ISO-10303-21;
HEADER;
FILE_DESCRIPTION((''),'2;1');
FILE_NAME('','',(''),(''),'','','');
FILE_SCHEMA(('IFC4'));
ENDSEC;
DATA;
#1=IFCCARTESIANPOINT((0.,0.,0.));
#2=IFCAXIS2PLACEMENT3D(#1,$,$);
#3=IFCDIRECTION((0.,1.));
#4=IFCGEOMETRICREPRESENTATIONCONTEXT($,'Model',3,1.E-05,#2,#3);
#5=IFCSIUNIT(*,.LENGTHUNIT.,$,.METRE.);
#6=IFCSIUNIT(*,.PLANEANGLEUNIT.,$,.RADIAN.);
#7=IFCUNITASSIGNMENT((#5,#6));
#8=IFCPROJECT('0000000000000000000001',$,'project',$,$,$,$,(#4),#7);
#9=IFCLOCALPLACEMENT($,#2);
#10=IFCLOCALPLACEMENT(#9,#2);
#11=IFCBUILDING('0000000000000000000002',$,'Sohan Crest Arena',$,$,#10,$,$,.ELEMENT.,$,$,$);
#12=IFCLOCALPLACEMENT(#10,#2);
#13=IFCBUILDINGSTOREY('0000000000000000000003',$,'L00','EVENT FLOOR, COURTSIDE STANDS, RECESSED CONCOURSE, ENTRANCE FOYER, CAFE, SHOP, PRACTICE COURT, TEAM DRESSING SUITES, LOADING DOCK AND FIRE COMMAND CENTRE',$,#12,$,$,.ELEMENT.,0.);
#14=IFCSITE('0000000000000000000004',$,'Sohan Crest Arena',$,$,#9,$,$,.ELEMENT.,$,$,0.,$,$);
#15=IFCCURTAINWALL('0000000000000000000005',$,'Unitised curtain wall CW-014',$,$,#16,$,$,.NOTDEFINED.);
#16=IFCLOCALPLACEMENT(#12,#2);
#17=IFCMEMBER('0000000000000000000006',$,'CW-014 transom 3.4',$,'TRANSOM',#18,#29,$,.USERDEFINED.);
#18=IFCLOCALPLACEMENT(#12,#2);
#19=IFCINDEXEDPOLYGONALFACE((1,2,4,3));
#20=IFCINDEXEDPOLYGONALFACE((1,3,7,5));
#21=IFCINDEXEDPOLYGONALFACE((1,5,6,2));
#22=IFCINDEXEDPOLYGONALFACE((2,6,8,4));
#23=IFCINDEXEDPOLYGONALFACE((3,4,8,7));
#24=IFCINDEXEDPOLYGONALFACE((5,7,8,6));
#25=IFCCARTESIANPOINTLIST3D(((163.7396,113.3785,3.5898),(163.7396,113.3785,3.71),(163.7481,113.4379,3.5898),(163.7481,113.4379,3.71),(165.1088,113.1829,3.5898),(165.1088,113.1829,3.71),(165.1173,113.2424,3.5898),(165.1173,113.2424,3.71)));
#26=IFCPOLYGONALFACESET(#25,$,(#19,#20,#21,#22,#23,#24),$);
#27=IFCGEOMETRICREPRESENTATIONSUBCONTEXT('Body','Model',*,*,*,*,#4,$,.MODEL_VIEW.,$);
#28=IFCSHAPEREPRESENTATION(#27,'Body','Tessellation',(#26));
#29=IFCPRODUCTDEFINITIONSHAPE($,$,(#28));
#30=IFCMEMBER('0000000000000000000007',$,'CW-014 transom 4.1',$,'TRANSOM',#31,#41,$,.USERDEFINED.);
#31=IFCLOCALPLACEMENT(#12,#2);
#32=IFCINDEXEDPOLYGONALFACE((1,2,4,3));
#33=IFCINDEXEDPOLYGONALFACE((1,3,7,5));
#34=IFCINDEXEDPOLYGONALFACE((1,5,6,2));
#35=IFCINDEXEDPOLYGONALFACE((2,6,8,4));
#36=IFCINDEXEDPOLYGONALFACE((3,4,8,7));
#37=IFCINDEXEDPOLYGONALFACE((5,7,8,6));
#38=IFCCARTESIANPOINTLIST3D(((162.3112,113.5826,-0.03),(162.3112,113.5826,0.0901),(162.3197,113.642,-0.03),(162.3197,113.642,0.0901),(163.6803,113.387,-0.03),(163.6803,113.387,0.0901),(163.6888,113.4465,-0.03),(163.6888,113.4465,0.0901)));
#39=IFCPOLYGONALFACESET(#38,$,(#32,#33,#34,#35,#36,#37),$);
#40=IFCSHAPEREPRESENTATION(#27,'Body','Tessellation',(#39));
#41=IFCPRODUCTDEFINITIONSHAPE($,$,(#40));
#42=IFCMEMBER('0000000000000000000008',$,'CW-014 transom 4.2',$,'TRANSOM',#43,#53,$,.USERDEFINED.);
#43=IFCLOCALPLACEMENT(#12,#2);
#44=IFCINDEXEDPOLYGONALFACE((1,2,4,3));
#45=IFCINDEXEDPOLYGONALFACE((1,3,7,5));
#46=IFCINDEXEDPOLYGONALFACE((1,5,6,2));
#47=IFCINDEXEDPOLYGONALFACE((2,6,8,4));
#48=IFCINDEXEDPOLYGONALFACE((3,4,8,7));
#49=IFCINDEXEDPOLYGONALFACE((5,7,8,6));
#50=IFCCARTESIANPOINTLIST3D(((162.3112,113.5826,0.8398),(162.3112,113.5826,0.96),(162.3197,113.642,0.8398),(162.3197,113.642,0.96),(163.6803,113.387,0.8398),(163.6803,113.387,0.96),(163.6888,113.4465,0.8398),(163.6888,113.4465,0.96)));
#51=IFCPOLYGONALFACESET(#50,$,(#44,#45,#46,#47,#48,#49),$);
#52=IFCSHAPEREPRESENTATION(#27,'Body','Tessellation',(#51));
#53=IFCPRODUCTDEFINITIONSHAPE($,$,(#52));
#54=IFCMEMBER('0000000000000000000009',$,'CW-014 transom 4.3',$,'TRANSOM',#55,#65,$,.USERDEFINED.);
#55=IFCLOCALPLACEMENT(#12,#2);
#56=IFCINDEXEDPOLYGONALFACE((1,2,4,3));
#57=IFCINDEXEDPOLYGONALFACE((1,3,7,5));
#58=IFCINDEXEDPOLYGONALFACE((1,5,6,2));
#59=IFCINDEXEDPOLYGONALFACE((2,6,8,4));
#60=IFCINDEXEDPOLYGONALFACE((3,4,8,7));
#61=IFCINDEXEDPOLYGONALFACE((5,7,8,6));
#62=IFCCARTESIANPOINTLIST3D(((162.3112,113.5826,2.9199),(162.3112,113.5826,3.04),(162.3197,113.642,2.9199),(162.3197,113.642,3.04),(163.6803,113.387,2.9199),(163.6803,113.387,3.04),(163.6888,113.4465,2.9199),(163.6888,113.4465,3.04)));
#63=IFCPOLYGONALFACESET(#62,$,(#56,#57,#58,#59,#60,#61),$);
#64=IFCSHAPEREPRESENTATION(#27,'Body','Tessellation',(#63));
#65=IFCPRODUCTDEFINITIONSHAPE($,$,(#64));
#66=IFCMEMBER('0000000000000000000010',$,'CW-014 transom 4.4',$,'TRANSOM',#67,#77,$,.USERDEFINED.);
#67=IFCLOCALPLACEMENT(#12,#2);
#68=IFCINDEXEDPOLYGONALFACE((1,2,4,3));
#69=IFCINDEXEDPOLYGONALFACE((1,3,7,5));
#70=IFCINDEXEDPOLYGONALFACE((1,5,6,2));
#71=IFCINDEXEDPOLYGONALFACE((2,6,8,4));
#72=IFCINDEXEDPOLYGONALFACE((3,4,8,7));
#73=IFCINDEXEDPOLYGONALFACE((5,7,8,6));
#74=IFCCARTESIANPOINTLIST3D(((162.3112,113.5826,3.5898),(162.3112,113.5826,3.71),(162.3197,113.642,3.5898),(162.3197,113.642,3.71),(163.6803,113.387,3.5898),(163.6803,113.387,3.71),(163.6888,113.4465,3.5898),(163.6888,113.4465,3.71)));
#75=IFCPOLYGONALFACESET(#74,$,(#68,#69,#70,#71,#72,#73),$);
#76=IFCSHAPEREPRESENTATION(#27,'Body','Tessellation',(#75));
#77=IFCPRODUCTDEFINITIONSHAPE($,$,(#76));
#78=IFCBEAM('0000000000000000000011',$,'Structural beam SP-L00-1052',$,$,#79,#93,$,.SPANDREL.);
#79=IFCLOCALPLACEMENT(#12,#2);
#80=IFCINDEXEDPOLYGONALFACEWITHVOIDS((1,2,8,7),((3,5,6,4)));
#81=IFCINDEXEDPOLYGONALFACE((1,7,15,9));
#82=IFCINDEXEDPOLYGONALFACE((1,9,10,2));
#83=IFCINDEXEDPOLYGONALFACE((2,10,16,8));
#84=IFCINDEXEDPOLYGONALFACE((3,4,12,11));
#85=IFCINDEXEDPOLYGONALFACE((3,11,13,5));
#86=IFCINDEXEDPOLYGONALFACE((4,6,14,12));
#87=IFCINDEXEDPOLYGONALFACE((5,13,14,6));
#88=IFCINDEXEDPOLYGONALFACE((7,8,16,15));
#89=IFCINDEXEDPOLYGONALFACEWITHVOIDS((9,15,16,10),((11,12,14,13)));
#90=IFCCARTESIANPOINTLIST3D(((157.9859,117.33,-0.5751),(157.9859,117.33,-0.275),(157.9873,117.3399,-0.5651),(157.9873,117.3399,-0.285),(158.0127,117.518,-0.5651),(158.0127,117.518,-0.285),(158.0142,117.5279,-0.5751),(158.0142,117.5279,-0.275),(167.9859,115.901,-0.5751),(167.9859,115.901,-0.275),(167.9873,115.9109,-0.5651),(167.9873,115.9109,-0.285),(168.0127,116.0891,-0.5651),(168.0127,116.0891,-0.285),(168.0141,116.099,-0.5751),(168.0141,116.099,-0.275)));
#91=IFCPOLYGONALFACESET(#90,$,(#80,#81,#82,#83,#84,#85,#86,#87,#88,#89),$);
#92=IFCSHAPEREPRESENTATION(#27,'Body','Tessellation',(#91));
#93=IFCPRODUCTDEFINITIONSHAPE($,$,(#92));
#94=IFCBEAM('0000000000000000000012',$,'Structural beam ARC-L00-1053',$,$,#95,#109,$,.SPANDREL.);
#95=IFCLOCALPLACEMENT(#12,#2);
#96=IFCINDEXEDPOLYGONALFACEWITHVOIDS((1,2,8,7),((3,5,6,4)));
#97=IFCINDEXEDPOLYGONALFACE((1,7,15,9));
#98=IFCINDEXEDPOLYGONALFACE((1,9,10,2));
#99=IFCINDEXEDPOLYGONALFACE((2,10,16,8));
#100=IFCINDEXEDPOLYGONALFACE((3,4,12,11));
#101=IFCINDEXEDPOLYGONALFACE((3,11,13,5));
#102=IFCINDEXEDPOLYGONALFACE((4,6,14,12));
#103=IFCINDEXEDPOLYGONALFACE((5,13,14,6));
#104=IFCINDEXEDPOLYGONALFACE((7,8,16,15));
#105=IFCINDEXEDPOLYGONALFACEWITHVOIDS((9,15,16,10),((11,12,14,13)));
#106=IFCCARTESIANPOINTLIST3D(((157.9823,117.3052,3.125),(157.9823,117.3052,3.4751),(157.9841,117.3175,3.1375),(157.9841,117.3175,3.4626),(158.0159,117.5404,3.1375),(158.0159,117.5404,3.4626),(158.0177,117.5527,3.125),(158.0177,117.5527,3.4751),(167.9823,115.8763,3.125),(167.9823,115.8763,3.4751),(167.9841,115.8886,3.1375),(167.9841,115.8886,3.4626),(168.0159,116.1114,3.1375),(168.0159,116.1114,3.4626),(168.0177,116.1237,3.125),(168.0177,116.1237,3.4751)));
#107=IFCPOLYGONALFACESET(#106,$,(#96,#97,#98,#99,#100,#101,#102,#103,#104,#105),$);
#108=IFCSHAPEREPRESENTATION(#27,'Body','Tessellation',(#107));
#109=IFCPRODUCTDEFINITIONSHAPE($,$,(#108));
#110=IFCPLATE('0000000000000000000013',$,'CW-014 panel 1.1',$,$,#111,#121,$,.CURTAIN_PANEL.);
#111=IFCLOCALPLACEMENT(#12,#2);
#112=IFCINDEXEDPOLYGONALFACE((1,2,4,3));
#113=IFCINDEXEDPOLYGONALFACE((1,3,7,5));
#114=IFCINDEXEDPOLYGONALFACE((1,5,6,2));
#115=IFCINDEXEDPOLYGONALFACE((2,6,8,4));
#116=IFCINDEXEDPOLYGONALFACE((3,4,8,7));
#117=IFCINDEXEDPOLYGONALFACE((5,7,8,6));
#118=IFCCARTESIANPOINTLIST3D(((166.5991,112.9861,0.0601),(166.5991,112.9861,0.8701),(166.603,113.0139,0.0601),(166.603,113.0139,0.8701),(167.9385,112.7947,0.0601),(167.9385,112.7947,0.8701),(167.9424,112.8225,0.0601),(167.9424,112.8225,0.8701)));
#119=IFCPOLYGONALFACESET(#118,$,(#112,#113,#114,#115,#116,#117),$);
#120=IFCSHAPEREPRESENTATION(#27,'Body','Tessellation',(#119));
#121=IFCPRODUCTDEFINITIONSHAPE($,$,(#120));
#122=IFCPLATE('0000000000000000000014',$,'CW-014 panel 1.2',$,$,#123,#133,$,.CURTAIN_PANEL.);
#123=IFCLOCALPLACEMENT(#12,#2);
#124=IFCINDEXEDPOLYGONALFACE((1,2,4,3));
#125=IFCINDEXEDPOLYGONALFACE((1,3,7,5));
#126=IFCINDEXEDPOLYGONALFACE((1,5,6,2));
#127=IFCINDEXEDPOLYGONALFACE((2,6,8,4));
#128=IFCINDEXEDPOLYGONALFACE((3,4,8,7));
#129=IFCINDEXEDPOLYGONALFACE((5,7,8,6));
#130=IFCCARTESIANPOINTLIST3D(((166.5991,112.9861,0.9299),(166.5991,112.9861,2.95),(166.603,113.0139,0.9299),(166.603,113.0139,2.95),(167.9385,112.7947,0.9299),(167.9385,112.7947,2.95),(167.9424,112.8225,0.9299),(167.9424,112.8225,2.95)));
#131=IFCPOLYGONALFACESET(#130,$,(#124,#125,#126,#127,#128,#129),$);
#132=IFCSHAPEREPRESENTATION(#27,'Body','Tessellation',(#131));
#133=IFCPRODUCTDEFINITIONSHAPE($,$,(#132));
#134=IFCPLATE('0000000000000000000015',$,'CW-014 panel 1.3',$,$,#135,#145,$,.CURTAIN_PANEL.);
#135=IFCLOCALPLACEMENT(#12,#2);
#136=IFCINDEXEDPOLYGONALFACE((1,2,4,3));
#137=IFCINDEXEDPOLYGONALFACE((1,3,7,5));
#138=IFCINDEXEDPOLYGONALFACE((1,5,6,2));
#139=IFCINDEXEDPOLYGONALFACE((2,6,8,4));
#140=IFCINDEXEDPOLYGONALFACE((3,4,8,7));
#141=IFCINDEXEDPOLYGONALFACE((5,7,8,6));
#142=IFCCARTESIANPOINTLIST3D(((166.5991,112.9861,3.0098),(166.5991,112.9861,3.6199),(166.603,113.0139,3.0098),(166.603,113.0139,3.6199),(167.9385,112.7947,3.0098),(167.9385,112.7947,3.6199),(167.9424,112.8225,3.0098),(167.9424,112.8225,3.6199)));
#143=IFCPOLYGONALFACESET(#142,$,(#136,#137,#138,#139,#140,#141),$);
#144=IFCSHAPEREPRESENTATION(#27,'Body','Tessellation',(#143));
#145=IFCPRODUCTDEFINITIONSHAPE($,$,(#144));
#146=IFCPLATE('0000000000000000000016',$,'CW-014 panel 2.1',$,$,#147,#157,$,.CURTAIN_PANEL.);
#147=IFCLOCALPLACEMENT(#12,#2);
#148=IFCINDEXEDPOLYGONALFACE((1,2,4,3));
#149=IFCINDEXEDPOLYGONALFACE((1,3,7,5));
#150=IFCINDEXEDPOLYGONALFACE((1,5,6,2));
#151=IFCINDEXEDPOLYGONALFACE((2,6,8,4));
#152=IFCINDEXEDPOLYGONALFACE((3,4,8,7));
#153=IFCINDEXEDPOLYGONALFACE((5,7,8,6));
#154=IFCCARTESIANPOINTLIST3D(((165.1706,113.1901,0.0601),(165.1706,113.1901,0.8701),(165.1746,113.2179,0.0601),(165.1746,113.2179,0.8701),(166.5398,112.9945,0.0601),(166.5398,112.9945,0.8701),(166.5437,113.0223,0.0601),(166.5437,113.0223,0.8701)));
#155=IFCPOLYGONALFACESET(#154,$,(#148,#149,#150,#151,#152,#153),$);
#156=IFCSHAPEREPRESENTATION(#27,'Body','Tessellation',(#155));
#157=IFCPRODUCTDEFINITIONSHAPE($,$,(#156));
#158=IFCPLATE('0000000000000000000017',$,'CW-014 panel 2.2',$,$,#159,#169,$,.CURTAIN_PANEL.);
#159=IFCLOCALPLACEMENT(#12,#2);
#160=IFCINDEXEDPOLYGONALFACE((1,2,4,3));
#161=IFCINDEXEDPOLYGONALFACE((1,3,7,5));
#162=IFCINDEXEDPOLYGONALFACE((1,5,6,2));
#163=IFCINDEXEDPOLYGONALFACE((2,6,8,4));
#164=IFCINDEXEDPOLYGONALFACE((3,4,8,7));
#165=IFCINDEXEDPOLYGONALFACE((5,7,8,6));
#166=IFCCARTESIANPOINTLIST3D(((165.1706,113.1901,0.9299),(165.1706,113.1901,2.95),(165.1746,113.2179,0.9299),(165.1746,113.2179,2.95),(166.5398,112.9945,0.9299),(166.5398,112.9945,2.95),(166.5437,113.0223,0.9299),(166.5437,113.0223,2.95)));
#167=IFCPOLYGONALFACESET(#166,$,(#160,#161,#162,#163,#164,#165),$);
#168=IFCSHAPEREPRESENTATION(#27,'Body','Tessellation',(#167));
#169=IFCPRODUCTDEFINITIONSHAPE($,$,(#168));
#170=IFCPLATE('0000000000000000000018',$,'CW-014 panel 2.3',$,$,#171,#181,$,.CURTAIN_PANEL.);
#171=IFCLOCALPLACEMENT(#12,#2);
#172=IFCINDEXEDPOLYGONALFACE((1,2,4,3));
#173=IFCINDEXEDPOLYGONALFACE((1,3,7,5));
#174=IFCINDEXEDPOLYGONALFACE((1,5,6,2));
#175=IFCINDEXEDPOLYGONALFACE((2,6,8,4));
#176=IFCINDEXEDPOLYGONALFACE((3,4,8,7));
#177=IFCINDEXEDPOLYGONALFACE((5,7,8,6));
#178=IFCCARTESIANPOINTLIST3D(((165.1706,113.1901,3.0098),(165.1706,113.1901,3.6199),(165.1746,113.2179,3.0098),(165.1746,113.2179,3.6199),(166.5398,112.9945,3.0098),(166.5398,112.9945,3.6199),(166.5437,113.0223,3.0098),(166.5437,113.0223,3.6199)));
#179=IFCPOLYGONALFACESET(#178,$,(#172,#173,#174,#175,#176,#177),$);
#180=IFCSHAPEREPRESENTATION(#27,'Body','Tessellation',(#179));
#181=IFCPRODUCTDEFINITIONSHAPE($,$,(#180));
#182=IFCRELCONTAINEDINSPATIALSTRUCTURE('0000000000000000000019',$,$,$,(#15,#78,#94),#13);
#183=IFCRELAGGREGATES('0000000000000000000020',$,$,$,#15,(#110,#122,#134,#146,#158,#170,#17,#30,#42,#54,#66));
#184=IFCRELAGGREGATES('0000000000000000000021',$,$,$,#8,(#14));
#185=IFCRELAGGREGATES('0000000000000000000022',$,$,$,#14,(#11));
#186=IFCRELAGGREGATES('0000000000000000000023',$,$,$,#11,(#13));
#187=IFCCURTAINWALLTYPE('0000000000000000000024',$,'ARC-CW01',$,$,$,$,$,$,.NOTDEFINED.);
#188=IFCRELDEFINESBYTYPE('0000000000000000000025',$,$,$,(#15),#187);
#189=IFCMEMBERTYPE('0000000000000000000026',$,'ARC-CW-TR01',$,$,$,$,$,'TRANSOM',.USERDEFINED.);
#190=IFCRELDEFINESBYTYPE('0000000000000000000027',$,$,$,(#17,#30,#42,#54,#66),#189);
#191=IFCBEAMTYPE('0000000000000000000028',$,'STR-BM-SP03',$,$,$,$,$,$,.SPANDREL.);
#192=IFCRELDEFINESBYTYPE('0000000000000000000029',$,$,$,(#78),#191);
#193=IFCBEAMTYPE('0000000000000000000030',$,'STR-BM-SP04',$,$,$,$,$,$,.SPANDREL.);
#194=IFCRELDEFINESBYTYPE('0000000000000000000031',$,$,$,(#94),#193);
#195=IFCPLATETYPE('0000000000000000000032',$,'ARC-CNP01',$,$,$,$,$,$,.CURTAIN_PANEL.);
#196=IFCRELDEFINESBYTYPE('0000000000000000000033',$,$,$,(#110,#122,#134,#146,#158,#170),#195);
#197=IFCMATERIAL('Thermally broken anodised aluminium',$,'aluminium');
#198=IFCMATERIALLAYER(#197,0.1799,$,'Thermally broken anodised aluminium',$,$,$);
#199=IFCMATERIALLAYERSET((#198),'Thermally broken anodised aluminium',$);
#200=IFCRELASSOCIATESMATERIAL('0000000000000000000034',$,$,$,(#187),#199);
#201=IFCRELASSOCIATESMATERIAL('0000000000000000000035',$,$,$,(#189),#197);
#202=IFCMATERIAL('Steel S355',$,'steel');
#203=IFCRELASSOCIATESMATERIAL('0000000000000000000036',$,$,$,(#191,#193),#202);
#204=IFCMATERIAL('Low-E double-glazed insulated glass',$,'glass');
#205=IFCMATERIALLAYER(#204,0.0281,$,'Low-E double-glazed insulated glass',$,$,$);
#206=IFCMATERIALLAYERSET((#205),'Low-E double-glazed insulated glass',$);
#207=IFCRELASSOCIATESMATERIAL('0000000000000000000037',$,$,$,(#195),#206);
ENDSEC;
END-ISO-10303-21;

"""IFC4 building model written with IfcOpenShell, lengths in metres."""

from ifc_helpers import new_model, si_unit, direction, frame, origin, origin_2d, place, context, subcontext, project, spatial, rectangle, hollow_rectangle, extrude, material, layer, layer_set, material_profile, profile_set, type_object, element, aggregate, save


model = new_model("IFC4")

# Units and contexts
model_context = context("Model", 3, precision=1e-05, world=origin(), true_north=direction((0.0, 1.0)))
body_context = subcontext(model_context, "Body", "Model", "MODEL_VIEW")
ifc_project = project(units=[si_unit("LENGTHUNIT", "METRE"), si_unit("PLANEANGLEUNIT", "RADIAN")], contexts=[model_context])

# Site, building, storey
site_placement = place(None, origin())
site = spatial("IfcSite", under=ifc_project, at=site_placement, Name="Sohan Crest Arena", CompositionType="ELEMENT", RefElevation=0.0)
building_placement = place(site_placement, origin())
building = spatial("IfcBuilding", under=site, at=building_placement, Name="Sohan Crest Arena", CompositionType="ELEMENT")
storey_placement = place(building_placement, origin())
storey = spatial("IfcBuildingStorey", under=building, at=storey_placement, Name="L00", Description="EVENT FLOOR, COURTSIDE STANDS, RECESSED CONCOURSE, ENTRANCE FOYER, CAFE, SHOP, PRACTICE COURT, TEAM DRESSING SUITES, LOADING DOCK AND FIRE COMMAND CENTRE", CompositionType="ELEMENT", Elevation=0.0)

# Curtain wall, members
ifc_material_1 = material(Name="Thermally broken anodised aluminium", Category="aluminium")
ifc_layer_1 = layer(ifc_material_1, 0.1799, Name="Thermally broken anodised aluminium")
ifc_layer_set_1 = layer_set([ifc_layer_1], Name="Thermally broken anodised aluminium")
curtain_wall_type = type_object("IfcCurtainWallType", Name="ARC-CW01", PredefinedType="NOTDEFINED", material=ifc_layer_set_1)
curtain_wall_placement = place(storey_placement, origin())
curtain_wall = element("IfcCurtainWall", 1, at=curtain_wall_placement, inside=storey, type_object=curtain_wall_type, Name="Unitised curtain wall CW-014", PredefinedType="NOTDEFINED")
ifc_material_profile_1 = material_profile(ifc_material_1, rectangle(XDim=0.0601, YDim=0.1201, at=origin_2d()), Name="ALU-TRAN 60x120")
ifc_profile_set_1 = profile_set([ifc_material_profile_1], Name="Thermally broken anodised aluminium")
member_type_1 = type_object("IfcMemberType", Name="ARC-CW-TR01", ElementType="TRANSOM", PredefinedType="USERDEFINED", material=ifc_profile_set_1)
member_1_placement = place(storey_placement, frame((165.113, 113.2126, 3.6499), z_axis=(-0.989953, 0.141397, 0.0), x_axis=(-0.141397, -0.989953, 0.0)))
member_1 = element("IfcMember", 2, at=member_1_placement, type_object=member_type_1, Name="CW-014 transom 3.4", ObjectType="TRANSOM", PredefinedType="USERDEFINED", context=body_context, shape_type="SweptSolid", body=[
    extrude(rectangle(XDim=0.0601, YDim=0.1201, at=origin_2d()), origin(), (0.0, 0.0, 1.0), 1.3831),
])
member_2_placement = place(storey_placement, frame((163.6846, 113.4167, 0.03), z_axis=(-0.989953, 0.141397, 0.0), x_axis=(-0.141397, -0.989953, 0.0)))
member_2 = element("IfcMember", 3, at=member_2_placement, type_object=member_type_1, Name="CW-014 transom 4.1", ObjectType="TRANSOM", PredefinedType="USERDEFINED", context=body_context, shape_type="SweptSolid", body=[
    extrude(rectangle(XDim=0.0601, YDim=0.1201, at=origin_2d()), origin(), (0.0, 0.0, 1.0), 1.3831),
])
member_3_placement = place(storey_placement, frame((163.6846, 113.4167, 0.8999), z_axis=(-0.989953, 0.141397, 0.0), x_axis=(-0.141397, -0.989953, 0.0)))
member_3 = element("IfcMember", 4, at=member_3_placement, type_object=member_type_1, Name="CW-014 transom 4.2", ObjectType="TRANSOM", PredefinedType="USERDEFINED", context=body_context, shape_type="SweptSolid", body=[
    extrude(rectangle(XDim=0.0601, YDim=0.1201, at=origin_2d()), origin(), (0.0, 0.0, 1.0), 1.3831),
])
member_4_placement = place(storey_placement, frame((163.6846, 113.4167, 2.98), z_axis=(-0.989953, 0.141397, 0.0), x_axis=(-0.141397, -0.989953, 0.0)))
member_4 = element("IfcMember", 5, at=member_4_placement, type_object=member_type_1, Name="CW-014 transom 4.3", ObjectType="TRANSOM", PredefinedType="USERDEFINED", context=body_context, shape_type="SweptSolid", body=[
    extrude(rectangle(XDim=0.0601, YDim=0.1201, at=origin_2d()), origin(), (0.0, 0.0, 1.0), 1.3831),
])
member_5_placement = place(storey_placement, frame((163.6846, 113.4167, 3.6499), z_axis=(-0.989953, 0.141397, 0.0), x_axis=(-0.141397, -0.989953, 0.0)))
member_5 = element("IfcMember", 6, at=member_5_placement, type_object=member_type_1, Name="CW-014 transom 4.4", ObjectType="TRANSOM", PredefinedType="USERDEFINED", context=body_context, shape_type="SweptSolid", body=[
    extrude(rectangle(XDim=0.0601, YDim=0.1201, at=origin_2d()), origin(), (0.0, 0.0, 1.0), 1.3831),
])

# Beams
ifc_material_2 = material(Name="Steel S355", Category="steel")
ifc_material_profile_2 = material_profile(ifc_material_2, hollow_rectangle(XDim=0.2, YDim=0.3, WallThickness=0.01, at=origin_2d()), Name="RHS 300x200x10")
ifc_profile_set_2 = profile_set([ifc_material_profile_2], Name="Steel S355")
beam_type_1 = type_object("IfcBeamType", Name="STR-BM-SP03", PredefinedType="SPANDREL", material=ifc_profile_set_2)
beam_1_placement = place(storey_placement, frame((168.0, 116.0, -0.425), z_axis=(-0.989944, 0.141459, 0.0), x_axis=(-0.141459, -0.989944, 0.0)))
element("IfcBeam", 7, at=beam_1_placement, inside=storey, type_object=beam_type_1, Name="Structural beam SP-L00-1052", PredefinedType="SPANDREL", context=body_context, shape_type="SweptSolid", body=[
    extrude(hollow_rectangle(XDim=0.2, YDim=0.3, WallThickness=0.01, at=origin_2d()), origin(), (0.0, 0.0, 1.0), 10.1016),
])
ifc_material_profile_3 = material_profile(ifc_material_2, hollow_rectangle(XDim=0.25, YDim=0.3501, WallThickness=0.0125, at=origin_2d()), Name="RHS 350x250x12.5")
ifc_profile_set_3 = profile_set([ifc_material_profile_3], Name="Steel S355")
beam_type_2 = type_object("IfcBeamType", Name="STR-BM-SP04", PredefinedType="SPANDREL", material=ifc_profile_set_3)
beam_2_placement = place(storey_placement, frame((168.0, 116.0, 3.3), z_axis=(-0.989944, 0.141459, 0.0), x_axis=(-0.141459, -0.989944, 0.0)))
element("IfcBeam", 8, at=beam_2_placement, inside=storey, type_object=beam_type_2, Name="Structural beam ARC-L00-1053", PredefinedType="SPANDREL", context=body_context, shape_type="SweptSolid", body=[
    extrude(hollow_rectangle(XDim=0.25, YDim=0.3501, WallThickness=0.0125, at=origin_2d()), origin(), (0.0, 0.0, 1.0), 10.1016),
])

# Plates
ifc_material_3 = material(Name="Low-E double-glazed insulated glass", Category="glass")
ifc_layer_2 = layer(ifc_material_3, 0.0281, Name="Low-E double-glazed insulated glass")
ifc_layer_set_2 = layer_set([ifc_layer_2], Name="Low-E double-glazed insulated glass")
plate_type = type_object("IfcPlateType", Name="ARC-CNP01", PredefinedType="CURTAIN_PANEL", material=ifc_layer_set_2)
plate_1_placement = place(storey_placement, frame((167.2708, 112.9043, 0.0601), z_axis=(0.0, 0.0, 1.0), x_axis=(-0.989944, 0.141463, 0.0)))
plate_1 = element("IfcPlate", 9, at=plate_1_placement, type_object=plate_type, Name="CW-014 panel 1.1", PredefinedType="CURTAIN_PANEL", context=body_context, shape_type="SweptSolid", body=[
    extrude(rectangle(XDim=1.353, YDim=0.0281, at=origin_2d()), origin(), (0.0, 0.0, 1.0), 0.8101),
])
plate_2_placement = place(storey_placement, frame((167.2708, 112.9043, 0.9299), z_axis=(0.0, 0.0, 1.0), x_axis=(-0.989944, 0.141463, 0.0)))
plate_2 = element("IfcPlate", 10, at=plate_2_placement, type_object=plate_type, Name="CW-014 panel 1.2", PredefinedType="CURTAIN_PANEL", context=body_context, shape_type="SweptSolid", body=[
    extrude(rectangle(XDim=1.353, YDim=0.0281, at=origin_2d()), origin(), (0.0, 0.0, 1.0), 2.02),
])
plate_3_placement = place(storey_placement, frame((167.2708, 112.9043, 3.0098), z_axis=(0.0, 0.0, 1.0), x_axis=(-0.989944, 0.141463, 0.0)))
plate_3 = element("IfcPlate", 11, at=plate_3_placement, type_object=plate_type, Name="CW-014 panel 1.3", PredefinedType="CURTAIN_PANEL", context=body_context, shape_type="SweptSolid", body=[
    extrude(rectangle(XDim=1.353, YDim=0.0281, at=origin_2d()), origin(), (0.0, 0.0, 1.0), 0.6101),
])
plate_4_placement = place(storey_placement, frame((165.8572, 113.1062, 0.0601), z_axis=(0.0, 0.0, 1.0), x_axis=(-0.989944, 0.141463, 0.0)))
plate_4 = element("IfcPlate", 12, at=plate_4_placement, type_object=plate_type, Name="CW-014 panel 2.1", PredefinedType="CURTAIN_PANEL", context=body_context, shape_type="SweptSolid", body=[
    extrude(rectangle(XDim=1.3831, YDim=0.0281, at=origin_2d()), origin(), (0.0, 0.0, 1.0), 0.8101),
])
plate_5_placement = place(storey_placement, frame((165.8572, 113.1062, 0.9299), z_axis=(0.0, 0.0, 1.0), x_axis=(-0.989944, 0.141463, 0.0)))
plate_5 = element("IfcPlate", 13, at=plate_5_placement, type_object=plate_type, Name="CW-014 panel 2.2", PredefinedType="CURTAIN_PANEL", context=body_context, shape_type="SweptSolid", body=[
    extrude(rectangle(XDim=1.3831, YDim=0.0281, at=origin_2d()), origin(), (0.0, 0.0, 1.0), 2.02),
])
plate_6_placement = place(storey_placement, frame((165.8572, 113.1062, 3.0098), z_axis=(0.0, 0.0, 1.0), x_axis=(-0.989944, 0.141463, 0.0)))
plate_6 = element("IfcPlate", 14, at=plate_6_placement, type_object=plate_type, Name="CW-014 panel 2.3", PredefinedType="CURTAIN_PANEL", context=body_context, shape_type="SweptSolid", body=[
    extrude(rectangle(XDim=1.3831, YDim=0.0281, at=origin_2d()), origin(), (0.0, 0.0, 1.0), 0.6101),
])
aggregate(curtain_wall, [plate_1, plate_2, plate_3, plate_4, plate_5, plate_6, member_1, member_2, member_3, member_4, member_5])

save(model, "model.ifc")
